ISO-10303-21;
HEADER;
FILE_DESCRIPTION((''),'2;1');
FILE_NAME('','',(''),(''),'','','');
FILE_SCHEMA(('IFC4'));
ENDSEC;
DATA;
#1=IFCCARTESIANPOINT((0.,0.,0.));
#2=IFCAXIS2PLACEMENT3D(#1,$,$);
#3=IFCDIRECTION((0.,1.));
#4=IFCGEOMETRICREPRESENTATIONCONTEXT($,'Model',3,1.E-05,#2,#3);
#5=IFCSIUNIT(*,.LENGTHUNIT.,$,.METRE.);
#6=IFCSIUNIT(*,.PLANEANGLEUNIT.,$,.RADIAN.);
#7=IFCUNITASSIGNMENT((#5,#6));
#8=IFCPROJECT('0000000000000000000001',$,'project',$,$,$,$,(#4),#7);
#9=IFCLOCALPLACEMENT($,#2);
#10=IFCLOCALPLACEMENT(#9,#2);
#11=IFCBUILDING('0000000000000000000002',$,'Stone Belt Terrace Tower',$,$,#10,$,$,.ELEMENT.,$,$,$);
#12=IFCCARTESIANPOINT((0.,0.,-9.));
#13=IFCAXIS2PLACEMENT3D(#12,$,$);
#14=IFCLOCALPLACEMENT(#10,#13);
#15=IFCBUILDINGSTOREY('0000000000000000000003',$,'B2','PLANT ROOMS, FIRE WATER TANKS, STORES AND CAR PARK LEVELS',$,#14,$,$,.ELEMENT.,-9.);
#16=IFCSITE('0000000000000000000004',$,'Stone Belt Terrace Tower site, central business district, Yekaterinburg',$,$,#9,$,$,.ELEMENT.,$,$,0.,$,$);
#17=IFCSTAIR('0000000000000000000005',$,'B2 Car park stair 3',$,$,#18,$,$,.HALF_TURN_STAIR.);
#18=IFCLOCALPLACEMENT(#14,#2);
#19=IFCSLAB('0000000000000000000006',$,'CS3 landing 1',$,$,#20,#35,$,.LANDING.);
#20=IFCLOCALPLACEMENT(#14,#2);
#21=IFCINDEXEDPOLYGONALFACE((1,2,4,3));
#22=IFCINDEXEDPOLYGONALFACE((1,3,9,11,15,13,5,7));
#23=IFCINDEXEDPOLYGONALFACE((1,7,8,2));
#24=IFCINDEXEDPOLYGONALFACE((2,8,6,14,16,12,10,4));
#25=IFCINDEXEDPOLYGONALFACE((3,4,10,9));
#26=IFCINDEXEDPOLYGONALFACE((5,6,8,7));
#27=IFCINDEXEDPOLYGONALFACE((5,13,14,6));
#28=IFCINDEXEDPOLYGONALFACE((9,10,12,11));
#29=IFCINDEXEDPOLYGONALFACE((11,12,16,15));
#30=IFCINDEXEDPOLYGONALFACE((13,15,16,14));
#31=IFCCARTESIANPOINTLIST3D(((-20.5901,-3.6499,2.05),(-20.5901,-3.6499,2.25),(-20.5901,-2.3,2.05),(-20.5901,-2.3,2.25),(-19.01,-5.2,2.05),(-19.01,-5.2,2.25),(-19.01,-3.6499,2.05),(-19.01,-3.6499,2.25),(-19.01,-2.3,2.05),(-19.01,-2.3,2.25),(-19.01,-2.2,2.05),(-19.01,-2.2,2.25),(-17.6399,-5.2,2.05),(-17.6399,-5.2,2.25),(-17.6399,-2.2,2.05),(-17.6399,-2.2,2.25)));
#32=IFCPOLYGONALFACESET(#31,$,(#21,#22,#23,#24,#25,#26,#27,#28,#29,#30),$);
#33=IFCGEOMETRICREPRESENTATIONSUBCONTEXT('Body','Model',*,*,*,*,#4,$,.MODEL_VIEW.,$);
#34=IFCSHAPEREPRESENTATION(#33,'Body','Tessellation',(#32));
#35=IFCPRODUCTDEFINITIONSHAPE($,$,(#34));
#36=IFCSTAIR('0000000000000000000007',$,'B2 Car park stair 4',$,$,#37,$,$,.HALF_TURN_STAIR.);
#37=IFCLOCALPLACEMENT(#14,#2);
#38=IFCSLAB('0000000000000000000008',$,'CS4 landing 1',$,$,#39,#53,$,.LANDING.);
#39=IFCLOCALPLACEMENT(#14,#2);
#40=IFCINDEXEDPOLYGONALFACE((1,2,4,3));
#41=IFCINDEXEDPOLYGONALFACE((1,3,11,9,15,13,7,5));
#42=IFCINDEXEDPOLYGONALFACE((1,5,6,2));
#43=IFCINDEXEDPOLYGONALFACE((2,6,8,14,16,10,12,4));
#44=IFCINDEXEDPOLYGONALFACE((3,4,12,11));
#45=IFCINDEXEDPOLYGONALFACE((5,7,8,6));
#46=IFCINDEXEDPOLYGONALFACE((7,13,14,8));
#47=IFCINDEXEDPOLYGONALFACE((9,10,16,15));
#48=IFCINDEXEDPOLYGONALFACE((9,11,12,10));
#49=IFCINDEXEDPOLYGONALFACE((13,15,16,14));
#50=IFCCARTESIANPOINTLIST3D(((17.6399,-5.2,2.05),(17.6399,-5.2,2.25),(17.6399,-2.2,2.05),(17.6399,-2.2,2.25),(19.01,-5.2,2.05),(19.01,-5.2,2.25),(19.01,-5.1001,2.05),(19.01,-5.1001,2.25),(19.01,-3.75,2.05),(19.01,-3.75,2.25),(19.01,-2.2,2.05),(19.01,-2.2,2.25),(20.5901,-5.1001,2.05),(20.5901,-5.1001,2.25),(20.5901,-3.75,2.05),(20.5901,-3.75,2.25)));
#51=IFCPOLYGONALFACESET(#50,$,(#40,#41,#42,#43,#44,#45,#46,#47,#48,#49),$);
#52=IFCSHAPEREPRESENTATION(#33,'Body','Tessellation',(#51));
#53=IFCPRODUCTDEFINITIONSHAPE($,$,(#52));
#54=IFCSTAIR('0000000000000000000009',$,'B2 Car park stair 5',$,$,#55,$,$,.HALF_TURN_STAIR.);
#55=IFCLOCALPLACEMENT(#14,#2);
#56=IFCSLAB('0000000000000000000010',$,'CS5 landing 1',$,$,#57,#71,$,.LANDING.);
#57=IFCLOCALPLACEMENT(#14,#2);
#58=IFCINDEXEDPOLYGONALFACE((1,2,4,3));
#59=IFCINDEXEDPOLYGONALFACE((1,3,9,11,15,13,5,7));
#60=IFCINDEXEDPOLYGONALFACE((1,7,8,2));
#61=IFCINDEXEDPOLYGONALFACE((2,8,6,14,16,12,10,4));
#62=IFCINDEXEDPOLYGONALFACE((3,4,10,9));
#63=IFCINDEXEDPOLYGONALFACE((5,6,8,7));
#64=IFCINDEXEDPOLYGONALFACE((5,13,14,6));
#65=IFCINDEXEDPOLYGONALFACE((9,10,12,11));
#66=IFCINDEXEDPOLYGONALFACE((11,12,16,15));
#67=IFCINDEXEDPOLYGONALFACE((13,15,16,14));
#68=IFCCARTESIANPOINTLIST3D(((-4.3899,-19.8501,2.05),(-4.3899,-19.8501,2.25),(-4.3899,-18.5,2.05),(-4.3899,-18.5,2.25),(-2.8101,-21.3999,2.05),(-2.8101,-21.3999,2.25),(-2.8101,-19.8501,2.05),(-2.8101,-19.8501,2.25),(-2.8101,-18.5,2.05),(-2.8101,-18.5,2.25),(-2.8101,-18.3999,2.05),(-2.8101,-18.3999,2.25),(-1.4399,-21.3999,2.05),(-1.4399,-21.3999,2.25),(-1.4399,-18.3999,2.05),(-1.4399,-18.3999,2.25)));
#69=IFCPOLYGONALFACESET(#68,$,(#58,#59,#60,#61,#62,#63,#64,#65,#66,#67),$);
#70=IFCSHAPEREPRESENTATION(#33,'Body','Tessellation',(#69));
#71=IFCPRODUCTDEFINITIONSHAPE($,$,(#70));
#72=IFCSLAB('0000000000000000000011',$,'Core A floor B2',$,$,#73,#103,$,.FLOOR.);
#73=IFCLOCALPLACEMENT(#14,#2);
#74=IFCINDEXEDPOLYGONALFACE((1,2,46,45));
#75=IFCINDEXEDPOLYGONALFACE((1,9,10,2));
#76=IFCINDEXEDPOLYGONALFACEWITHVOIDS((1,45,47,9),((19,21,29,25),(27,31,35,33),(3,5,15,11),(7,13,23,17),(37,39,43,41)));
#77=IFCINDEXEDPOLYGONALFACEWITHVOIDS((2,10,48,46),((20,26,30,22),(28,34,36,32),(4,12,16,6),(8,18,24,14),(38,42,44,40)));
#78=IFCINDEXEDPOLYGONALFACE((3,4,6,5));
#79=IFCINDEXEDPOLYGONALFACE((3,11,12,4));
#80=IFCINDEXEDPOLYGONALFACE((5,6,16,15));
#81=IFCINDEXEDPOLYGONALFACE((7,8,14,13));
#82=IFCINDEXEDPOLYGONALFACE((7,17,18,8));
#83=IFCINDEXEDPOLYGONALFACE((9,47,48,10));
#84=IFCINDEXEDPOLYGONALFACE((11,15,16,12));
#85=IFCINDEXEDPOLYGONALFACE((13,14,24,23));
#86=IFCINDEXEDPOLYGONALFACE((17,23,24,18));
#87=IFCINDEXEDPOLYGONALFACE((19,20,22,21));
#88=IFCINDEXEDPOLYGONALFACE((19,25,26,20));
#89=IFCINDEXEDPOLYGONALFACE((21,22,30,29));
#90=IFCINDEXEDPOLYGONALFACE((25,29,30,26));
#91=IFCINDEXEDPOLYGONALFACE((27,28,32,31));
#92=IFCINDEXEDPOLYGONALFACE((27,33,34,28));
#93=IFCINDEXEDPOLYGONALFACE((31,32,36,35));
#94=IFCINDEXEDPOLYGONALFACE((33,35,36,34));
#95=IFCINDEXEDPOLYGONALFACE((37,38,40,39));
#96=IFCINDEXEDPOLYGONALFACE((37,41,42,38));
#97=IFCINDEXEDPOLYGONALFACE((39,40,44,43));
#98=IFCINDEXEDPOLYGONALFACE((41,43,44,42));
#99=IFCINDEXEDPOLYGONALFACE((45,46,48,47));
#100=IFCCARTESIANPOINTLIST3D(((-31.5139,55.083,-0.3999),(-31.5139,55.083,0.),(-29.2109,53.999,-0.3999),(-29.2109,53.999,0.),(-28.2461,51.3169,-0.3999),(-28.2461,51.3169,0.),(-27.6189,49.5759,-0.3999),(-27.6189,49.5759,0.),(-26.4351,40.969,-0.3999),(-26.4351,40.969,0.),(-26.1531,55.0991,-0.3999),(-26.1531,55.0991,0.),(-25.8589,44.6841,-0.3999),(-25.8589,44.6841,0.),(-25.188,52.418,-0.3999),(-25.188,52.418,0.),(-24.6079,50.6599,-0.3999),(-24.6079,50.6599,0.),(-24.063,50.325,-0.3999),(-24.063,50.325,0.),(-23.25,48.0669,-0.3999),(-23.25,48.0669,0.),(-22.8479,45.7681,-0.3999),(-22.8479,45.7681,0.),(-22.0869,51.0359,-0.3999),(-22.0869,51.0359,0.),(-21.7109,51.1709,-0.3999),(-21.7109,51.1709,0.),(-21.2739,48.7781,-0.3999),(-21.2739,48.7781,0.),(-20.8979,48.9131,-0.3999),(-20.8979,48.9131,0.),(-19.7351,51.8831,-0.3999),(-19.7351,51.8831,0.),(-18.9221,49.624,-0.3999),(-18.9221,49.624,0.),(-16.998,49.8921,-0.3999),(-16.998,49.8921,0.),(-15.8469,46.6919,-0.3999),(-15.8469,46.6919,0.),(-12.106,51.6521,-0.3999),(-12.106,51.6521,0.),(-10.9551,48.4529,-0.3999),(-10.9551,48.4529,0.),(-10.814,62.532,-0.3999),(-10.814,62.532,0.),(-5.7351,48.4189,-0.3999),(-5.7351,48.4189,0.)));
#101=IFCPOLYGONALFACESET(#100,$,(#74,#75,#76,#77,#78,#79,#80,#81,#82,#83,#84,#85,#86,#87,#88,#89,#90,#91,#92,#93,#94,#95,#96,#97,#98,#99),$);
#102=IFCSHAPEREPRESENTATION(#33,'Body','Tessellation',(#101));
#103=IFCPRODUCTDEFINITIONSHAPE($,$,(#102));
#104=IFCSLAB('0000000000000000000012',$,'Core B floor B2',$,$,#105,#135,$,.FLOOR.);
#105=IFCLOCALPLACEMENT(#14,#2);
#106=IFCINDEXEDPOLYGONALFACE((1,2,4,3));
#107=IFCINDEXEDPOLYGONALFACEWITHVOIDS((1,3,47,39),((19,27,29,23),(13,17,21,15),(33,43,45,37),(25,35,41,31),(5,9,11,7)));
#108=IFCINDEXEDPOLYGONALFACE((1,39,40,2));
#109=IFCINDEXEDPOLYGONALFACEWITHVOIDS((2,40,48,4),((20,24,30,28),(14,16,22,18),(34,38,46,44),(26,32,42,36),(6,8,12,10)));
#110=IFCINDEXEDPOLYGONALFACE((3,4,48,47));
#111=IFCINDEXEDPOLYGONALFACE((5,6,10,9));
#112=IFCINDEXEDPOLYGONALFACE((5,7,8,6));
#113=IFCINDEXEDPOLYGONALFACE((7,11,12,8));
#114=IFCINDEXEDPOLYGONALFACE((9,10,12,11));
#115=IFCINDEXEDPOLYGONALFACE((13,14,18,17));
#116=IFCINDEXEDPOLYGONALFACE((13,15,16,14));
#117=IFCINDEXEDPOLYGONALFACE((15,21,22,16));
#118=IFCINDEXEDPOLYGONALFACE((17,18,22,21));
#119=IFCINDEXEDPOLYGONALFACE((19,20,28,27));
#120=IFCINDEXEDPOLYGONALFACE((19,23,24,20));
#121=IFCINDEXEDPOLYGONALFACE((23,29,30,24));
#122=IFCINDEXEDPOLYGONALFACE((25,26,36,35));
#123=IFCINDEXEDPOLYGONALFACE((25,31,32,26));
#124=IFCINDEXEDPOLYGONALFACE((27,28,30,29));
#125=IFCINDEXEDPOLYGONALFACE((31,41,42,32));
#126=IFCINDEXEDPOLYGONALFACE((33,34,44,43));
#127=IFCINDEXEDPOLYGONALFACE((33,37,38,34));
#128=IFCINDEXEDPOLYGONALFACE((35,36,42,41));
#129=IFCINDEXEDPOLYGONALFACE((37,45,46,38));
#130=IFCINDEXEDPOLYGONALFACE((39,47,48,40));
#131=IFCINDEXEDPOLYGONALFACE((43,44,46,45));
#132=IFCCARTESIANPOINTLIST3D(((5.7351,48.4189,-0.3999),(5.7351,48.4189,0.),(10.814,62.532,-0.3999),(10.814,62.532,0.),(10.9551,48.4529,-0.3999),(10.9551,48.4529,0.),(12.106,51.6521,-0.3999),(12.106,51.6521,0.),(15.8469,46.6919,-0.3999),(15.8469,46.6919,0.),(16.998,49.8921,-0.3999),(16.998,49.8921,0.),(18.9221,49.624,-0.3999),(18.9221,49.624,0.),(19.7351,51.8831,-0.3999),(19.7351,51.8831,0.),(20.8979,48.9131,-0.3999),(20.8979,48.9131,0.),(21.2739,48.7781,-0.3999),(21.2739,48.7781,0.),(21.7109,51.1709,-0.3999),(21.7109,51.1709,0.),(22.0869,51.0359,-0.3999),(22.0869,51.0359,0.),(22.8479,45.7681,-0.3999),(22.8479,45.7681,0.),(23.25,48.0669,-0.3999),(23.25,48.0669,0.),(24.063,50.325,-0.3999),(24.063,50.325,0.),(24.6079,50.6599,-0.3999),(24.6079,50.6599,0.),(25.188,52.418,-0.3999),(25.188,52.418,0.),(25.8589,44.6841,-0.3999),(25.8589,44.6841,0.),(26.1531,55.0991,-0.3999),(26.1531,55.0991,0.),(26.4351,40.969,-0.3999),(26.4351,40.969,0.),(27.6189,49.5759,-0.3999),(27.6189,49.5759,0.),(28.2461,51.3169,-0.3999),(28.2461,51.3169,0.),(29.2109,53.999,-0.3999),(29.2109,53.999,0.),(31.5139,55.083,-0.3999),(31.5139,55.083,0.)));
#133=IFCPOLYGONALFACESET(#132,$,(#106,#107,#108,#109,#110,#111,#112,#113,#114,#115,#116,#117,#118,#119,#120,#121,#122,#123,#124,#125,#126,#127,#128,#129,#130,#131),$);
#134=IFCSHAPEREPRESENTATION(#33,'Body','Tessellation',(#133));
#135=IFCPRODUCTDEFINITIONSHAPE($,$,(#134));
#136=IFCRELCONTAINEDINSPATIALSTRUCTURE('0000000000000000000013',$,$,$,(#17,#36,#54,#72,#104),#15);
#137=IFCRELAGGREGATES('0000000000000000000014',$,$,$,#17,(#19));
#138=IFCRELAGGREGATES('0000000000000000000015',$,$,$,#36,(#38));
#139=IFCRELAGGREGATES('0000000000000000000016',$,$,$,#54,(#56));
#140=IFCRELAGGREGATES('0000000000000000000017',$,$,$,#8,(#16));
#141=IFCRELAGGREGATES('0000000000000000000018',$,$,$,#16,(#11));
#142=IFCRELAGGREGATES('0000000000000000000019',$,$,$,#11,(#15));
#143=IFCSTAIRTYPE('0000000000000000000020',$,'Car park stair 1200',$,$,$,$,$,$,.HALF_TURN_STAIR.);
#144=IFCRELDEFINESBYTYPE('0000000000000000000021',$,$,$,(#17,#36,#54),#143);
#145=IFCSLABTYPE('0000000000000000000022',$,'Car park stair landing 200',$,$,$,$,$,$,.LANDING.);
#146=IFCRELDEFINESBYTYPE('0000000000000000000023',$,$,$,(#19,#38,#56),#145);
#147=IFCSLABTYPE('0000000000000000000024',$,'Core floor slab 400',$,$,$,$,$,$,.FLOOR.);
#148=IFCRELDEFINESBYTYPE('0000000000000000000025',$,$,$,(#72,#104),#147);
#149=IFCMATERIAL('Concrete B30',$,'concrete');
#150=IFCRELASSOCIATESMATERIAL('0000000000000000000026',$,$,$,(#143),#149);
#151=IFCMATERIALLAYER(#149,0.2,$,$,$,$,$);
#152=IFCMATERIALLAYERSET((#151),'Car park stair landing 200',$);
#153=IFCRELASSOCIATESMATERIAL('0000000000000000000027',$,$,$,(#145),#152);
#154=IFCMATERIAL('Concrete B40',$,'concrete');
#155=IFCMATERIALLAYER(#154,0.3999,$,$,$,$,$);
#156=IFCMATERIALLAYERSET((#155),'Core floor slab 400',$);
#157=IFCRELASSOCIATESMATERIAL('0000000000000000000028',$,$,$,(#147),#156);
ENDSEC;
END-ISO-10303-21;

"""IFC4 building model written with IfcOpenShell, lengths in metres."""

from ifc_helpers import new_model, si_unit, direction, frame, origin, place, context, subcontext, project, spatial, polyline, outline, extrude, material, layer, layer_set, type_object, element, aggregate, save


model = new_model("IFC4")

# Units and contexts
model_context = context("Model", 3, precision=1e-05, world=origin(), true_north=direction((0.0, 1.0)))
body_context = subcontext(model_context, "Body", "Model", "MODEL_VIEW")
ifc_project = project(units=[si_unit("LENGTHUNIT", "METRE"), si_unit("PLANEANGLEUNIT", "RADIAN")], contexts=[model_context])

# Site, building, storey
site_placement = place(None, origin())
site = spatial("IfcSite", under=ifc_project, at=site_placement, Name="Stone Belt Terrace Tower site, central business district, Yekaterinburg", CompositionType="ELEMENT", RefElevation=0.0)
building_placement = place(site_placement, origin())
building = spatial("IfcBuilding", under=site, at=building_placement, Name="Stone Belt Terrace Tower", CompositionType="ELEMENT")
storey_placement = place(building_placement, frame((0.0, 0.0, -9.0)))
storey = spatial("IfcBuildingStorey", under=building, at=storey_placement, Name="B2", Description="PLANT ROOMS, FIRE WATER TANKS, STORES AND CAR PARK LEVELS", CompositionType="ELEMENT", Elevation=-9.0)

# Shared definitions
ifc_material_1 = material(Name="Concrete B40", Category="concrete")

# Stairs, slabs
ifc_material_2 = material(Name="Concrete B30", Category="concrete")
stair_type_1 = type_object("IfcStairType", Name="Car park stair 1200", PredefinedType="HALF_TURN_STAIR", material=ifc_material_2)
ifc_layer_1 = layer(ifc_material_2, 0.2)
ifc_layer_set_1 = layer_set([ifc_layer_1], Name="Car park stair landing 200")
slab_type_1 = type_object("IfcSlabType", Name="Car park stair landing 200", PredefinedType="LANDING", material=ifc_layer_set_1)
stair_1_placement = place(storey_placement, origin())
stair_1 = element("IfcStair", 1, at=stair_1_placement, inside=storey, type_object=stair_type_1, Name="B2 Car park stair 3", PredefinedType="HALF_TURN_STAIR")
slab_1_placement = place(storey_placement, frame((0.0, 0.0, 2.05)))
slab_1 = element("IfcSlab", 2, at=slab_1_placement, type_object=slab_type_1, Name="CS3 landing 1", PredefinedType="LANDING", context=body_context, shape_type="SweptSolid", body=[
    extrude(outline(polyline([(-19.01, -5.2), (-17.6399, -5.2), (-17.6399, -2.2), (-19.01, -2.2), (-19.01, -2.3), (-20.5901, -2.3), (-20.5901, -3.6499), (-19.01, -3.6499), (-19.01, -5.2)])), origin(), (0.0, 0.0, 1.0), 0.2),
])
aggregate(stair_1, [slab_1])
stair_2_placement = place(storey_placement, origin())
stair_2 = element("IfcStair", 3, at=stair_2_placement, inside=storey, type_object=stair_type_1, Name="B2 Car park stair 4", PredefinedType="HALF_TURN_STAIR")
slab_2_placement = place(storey_placement, frame((0.0, 0.0, 2.05)))
slab_2 = element("IfcSlab", 4, at=slab_2_placement, type_object=slab_type_1, Name="CS4 landing 1", PredefinedType="LANDING", context=body_context, shape_type="SweptSolid", body=[
    extrude(outline(polyline([(17.6399, -5.2), (19.01, -5.2), (19.01, -5.1001), (20.5901, -5.1001), (20.5901, -3.75), (19.01, -3.75), (19.01, -2.2), (17.6399, -2.2), (17.6399, -5.2)])), origin(), (0.0, 0.0, 1.0), 0.2),
])
aggregate(stair_2, [slab_2])
stair_3_placement = place(storey_placement, origin())
stair_3 = element("IfcStair", 5, at=stair_3_placement, inside=storey, type_object=stair_type_1, Name="B2 Car park stair 5", PredefinedType="HALF_TURN_STAIR")
slab_3_placement = place(storey_placement, frame((0.0, 0.0, 2.05)))
slab_3 = element("IfcSlab", 6, at=slab_3_placement, type_object=slab_type_1, Name="CS5 landing 1", PredefinedType="LANDING", context=body_context, shape_type="SweptSolid", body=[
    extrude(outline(polyline([(-2.8101, -21.3999), (-1.4399, -21.3999), (-1.4399, -18.3999), (-2.8101, -18.3999), (-2.8101, -18.5), (-4.3899, -18.5), (-4.3899, -19.8501), (-2.8101, -19.8501), (-2.8101, -21.3999)])), origin(), (0.0, 0.0, 1.0), 0.2),
])
aggregate(stair_3, [slab_3])

# Slabs
ifc_layer_2 = layer(ifc_material_1, 0.3999)
ifc_layer_set_2 = layer_set([ifc_layer_2], Name="Core floor slab 400")
slab_type_2 = type_object("IfcSlabType", Name="Core floor slab 400", PredefinedType="FLOOR", material=ifc_layer_set_2)
slab_4_placement = place(storey_placement, frame((0.0, 0.0, -0.3999)))
element("IfcSlab", 7, at=slab_4_placement, inside=storey, type_object=slab_type_2, Name="Core A floor B2", PredefinedType="FLOOR", context=body_context, shape_type="SweptSolid", body=[
    extrude(outline(polyline([(-26.4351, 40.969), (-5.7351, 48.4189), (-10.814, 62.532), (-31.5139, 55.083), (-26.4351, 40.969)]), holes=[polyline([(-27.6189, 49.5759), (-24.6079, 50.6599), (-22.8479, 45.7681), (-25.8589, 44.6841), (-27.6189, 49.5759)]), polyline([(-12.106, 51.6521), (-10.9551, 48.4529), (-15.8469, 46.6919), (-16.998, 49.8921), (-12.106, 51.6521)]), polyline([(-21.2739, 48.7781), (-23.25, 48.0669), (-24.063, 50.325), (-22.0869, 51.0359), (-21.2739, 48.7781)]), polyline([(-20.8979, 48.9131), (-21.7109, 51.1709), (-19.7351, 51.8831), (-18.9221, 49.624), (-20.8979, 48.9131)]), polyline([(-28.2461, 51.3169), (-29.2109, 53.999), (-26.1531, 55.0991), (-25.188, 52.418), (-28.2461, 51.3169)])]), origin(), (0.0, 0.0, 1.0), 0.3999),
])
slab_5_placement = place(storey_placement, frame((0.0, 0.0, -0.3999)))
element("IfcSlab", 8, at=slab_5_placement, inside=storey, type_object=slab_type_2, Name="Core B floor B2", PredefinedType="FLOOR", context=body_context, shape_type="SweptSolid", body=[
    extrude(outline(polyline([(26.4351, 40.969), (31.5139, 55.083), (10.814, 62.532), (5.7351, 48.4189), (26.4351, 40.969)]), holes=[polyline([(24.6079, 50.6599), (27.6189, 49.5759), (25.8589, 44.6841), (22.8479, 45.7681), (24.6079, 50.6599)]), polyline([(10.9551, 48.4529), (12.106, 51.6521), (16.998, 49.8921), (15.8469, 46.6919), (10.9551, 48.4529)]), polyline([(21.2739, 48.7781), (22.0869, 51.0359), (24.063, 50.325), (23.25, 48.0669), (21.2739, 48.7781)]), polyline([(19.7351, 51.8831), (21.7109, 51.1709), (20.8979, 48.9131), (18.9221, 49.624), (19.7351, 51.8831)]), polyline([(26.1531, 55.0991), (29.2109, 53.999), (28.2461, 51.3169), (25.188, 52.418), (26.1531, 55.0991)])]), origin(), (0.0, 0.0, 1.0), 0.3999),
])

save(model, "model.ifc")
